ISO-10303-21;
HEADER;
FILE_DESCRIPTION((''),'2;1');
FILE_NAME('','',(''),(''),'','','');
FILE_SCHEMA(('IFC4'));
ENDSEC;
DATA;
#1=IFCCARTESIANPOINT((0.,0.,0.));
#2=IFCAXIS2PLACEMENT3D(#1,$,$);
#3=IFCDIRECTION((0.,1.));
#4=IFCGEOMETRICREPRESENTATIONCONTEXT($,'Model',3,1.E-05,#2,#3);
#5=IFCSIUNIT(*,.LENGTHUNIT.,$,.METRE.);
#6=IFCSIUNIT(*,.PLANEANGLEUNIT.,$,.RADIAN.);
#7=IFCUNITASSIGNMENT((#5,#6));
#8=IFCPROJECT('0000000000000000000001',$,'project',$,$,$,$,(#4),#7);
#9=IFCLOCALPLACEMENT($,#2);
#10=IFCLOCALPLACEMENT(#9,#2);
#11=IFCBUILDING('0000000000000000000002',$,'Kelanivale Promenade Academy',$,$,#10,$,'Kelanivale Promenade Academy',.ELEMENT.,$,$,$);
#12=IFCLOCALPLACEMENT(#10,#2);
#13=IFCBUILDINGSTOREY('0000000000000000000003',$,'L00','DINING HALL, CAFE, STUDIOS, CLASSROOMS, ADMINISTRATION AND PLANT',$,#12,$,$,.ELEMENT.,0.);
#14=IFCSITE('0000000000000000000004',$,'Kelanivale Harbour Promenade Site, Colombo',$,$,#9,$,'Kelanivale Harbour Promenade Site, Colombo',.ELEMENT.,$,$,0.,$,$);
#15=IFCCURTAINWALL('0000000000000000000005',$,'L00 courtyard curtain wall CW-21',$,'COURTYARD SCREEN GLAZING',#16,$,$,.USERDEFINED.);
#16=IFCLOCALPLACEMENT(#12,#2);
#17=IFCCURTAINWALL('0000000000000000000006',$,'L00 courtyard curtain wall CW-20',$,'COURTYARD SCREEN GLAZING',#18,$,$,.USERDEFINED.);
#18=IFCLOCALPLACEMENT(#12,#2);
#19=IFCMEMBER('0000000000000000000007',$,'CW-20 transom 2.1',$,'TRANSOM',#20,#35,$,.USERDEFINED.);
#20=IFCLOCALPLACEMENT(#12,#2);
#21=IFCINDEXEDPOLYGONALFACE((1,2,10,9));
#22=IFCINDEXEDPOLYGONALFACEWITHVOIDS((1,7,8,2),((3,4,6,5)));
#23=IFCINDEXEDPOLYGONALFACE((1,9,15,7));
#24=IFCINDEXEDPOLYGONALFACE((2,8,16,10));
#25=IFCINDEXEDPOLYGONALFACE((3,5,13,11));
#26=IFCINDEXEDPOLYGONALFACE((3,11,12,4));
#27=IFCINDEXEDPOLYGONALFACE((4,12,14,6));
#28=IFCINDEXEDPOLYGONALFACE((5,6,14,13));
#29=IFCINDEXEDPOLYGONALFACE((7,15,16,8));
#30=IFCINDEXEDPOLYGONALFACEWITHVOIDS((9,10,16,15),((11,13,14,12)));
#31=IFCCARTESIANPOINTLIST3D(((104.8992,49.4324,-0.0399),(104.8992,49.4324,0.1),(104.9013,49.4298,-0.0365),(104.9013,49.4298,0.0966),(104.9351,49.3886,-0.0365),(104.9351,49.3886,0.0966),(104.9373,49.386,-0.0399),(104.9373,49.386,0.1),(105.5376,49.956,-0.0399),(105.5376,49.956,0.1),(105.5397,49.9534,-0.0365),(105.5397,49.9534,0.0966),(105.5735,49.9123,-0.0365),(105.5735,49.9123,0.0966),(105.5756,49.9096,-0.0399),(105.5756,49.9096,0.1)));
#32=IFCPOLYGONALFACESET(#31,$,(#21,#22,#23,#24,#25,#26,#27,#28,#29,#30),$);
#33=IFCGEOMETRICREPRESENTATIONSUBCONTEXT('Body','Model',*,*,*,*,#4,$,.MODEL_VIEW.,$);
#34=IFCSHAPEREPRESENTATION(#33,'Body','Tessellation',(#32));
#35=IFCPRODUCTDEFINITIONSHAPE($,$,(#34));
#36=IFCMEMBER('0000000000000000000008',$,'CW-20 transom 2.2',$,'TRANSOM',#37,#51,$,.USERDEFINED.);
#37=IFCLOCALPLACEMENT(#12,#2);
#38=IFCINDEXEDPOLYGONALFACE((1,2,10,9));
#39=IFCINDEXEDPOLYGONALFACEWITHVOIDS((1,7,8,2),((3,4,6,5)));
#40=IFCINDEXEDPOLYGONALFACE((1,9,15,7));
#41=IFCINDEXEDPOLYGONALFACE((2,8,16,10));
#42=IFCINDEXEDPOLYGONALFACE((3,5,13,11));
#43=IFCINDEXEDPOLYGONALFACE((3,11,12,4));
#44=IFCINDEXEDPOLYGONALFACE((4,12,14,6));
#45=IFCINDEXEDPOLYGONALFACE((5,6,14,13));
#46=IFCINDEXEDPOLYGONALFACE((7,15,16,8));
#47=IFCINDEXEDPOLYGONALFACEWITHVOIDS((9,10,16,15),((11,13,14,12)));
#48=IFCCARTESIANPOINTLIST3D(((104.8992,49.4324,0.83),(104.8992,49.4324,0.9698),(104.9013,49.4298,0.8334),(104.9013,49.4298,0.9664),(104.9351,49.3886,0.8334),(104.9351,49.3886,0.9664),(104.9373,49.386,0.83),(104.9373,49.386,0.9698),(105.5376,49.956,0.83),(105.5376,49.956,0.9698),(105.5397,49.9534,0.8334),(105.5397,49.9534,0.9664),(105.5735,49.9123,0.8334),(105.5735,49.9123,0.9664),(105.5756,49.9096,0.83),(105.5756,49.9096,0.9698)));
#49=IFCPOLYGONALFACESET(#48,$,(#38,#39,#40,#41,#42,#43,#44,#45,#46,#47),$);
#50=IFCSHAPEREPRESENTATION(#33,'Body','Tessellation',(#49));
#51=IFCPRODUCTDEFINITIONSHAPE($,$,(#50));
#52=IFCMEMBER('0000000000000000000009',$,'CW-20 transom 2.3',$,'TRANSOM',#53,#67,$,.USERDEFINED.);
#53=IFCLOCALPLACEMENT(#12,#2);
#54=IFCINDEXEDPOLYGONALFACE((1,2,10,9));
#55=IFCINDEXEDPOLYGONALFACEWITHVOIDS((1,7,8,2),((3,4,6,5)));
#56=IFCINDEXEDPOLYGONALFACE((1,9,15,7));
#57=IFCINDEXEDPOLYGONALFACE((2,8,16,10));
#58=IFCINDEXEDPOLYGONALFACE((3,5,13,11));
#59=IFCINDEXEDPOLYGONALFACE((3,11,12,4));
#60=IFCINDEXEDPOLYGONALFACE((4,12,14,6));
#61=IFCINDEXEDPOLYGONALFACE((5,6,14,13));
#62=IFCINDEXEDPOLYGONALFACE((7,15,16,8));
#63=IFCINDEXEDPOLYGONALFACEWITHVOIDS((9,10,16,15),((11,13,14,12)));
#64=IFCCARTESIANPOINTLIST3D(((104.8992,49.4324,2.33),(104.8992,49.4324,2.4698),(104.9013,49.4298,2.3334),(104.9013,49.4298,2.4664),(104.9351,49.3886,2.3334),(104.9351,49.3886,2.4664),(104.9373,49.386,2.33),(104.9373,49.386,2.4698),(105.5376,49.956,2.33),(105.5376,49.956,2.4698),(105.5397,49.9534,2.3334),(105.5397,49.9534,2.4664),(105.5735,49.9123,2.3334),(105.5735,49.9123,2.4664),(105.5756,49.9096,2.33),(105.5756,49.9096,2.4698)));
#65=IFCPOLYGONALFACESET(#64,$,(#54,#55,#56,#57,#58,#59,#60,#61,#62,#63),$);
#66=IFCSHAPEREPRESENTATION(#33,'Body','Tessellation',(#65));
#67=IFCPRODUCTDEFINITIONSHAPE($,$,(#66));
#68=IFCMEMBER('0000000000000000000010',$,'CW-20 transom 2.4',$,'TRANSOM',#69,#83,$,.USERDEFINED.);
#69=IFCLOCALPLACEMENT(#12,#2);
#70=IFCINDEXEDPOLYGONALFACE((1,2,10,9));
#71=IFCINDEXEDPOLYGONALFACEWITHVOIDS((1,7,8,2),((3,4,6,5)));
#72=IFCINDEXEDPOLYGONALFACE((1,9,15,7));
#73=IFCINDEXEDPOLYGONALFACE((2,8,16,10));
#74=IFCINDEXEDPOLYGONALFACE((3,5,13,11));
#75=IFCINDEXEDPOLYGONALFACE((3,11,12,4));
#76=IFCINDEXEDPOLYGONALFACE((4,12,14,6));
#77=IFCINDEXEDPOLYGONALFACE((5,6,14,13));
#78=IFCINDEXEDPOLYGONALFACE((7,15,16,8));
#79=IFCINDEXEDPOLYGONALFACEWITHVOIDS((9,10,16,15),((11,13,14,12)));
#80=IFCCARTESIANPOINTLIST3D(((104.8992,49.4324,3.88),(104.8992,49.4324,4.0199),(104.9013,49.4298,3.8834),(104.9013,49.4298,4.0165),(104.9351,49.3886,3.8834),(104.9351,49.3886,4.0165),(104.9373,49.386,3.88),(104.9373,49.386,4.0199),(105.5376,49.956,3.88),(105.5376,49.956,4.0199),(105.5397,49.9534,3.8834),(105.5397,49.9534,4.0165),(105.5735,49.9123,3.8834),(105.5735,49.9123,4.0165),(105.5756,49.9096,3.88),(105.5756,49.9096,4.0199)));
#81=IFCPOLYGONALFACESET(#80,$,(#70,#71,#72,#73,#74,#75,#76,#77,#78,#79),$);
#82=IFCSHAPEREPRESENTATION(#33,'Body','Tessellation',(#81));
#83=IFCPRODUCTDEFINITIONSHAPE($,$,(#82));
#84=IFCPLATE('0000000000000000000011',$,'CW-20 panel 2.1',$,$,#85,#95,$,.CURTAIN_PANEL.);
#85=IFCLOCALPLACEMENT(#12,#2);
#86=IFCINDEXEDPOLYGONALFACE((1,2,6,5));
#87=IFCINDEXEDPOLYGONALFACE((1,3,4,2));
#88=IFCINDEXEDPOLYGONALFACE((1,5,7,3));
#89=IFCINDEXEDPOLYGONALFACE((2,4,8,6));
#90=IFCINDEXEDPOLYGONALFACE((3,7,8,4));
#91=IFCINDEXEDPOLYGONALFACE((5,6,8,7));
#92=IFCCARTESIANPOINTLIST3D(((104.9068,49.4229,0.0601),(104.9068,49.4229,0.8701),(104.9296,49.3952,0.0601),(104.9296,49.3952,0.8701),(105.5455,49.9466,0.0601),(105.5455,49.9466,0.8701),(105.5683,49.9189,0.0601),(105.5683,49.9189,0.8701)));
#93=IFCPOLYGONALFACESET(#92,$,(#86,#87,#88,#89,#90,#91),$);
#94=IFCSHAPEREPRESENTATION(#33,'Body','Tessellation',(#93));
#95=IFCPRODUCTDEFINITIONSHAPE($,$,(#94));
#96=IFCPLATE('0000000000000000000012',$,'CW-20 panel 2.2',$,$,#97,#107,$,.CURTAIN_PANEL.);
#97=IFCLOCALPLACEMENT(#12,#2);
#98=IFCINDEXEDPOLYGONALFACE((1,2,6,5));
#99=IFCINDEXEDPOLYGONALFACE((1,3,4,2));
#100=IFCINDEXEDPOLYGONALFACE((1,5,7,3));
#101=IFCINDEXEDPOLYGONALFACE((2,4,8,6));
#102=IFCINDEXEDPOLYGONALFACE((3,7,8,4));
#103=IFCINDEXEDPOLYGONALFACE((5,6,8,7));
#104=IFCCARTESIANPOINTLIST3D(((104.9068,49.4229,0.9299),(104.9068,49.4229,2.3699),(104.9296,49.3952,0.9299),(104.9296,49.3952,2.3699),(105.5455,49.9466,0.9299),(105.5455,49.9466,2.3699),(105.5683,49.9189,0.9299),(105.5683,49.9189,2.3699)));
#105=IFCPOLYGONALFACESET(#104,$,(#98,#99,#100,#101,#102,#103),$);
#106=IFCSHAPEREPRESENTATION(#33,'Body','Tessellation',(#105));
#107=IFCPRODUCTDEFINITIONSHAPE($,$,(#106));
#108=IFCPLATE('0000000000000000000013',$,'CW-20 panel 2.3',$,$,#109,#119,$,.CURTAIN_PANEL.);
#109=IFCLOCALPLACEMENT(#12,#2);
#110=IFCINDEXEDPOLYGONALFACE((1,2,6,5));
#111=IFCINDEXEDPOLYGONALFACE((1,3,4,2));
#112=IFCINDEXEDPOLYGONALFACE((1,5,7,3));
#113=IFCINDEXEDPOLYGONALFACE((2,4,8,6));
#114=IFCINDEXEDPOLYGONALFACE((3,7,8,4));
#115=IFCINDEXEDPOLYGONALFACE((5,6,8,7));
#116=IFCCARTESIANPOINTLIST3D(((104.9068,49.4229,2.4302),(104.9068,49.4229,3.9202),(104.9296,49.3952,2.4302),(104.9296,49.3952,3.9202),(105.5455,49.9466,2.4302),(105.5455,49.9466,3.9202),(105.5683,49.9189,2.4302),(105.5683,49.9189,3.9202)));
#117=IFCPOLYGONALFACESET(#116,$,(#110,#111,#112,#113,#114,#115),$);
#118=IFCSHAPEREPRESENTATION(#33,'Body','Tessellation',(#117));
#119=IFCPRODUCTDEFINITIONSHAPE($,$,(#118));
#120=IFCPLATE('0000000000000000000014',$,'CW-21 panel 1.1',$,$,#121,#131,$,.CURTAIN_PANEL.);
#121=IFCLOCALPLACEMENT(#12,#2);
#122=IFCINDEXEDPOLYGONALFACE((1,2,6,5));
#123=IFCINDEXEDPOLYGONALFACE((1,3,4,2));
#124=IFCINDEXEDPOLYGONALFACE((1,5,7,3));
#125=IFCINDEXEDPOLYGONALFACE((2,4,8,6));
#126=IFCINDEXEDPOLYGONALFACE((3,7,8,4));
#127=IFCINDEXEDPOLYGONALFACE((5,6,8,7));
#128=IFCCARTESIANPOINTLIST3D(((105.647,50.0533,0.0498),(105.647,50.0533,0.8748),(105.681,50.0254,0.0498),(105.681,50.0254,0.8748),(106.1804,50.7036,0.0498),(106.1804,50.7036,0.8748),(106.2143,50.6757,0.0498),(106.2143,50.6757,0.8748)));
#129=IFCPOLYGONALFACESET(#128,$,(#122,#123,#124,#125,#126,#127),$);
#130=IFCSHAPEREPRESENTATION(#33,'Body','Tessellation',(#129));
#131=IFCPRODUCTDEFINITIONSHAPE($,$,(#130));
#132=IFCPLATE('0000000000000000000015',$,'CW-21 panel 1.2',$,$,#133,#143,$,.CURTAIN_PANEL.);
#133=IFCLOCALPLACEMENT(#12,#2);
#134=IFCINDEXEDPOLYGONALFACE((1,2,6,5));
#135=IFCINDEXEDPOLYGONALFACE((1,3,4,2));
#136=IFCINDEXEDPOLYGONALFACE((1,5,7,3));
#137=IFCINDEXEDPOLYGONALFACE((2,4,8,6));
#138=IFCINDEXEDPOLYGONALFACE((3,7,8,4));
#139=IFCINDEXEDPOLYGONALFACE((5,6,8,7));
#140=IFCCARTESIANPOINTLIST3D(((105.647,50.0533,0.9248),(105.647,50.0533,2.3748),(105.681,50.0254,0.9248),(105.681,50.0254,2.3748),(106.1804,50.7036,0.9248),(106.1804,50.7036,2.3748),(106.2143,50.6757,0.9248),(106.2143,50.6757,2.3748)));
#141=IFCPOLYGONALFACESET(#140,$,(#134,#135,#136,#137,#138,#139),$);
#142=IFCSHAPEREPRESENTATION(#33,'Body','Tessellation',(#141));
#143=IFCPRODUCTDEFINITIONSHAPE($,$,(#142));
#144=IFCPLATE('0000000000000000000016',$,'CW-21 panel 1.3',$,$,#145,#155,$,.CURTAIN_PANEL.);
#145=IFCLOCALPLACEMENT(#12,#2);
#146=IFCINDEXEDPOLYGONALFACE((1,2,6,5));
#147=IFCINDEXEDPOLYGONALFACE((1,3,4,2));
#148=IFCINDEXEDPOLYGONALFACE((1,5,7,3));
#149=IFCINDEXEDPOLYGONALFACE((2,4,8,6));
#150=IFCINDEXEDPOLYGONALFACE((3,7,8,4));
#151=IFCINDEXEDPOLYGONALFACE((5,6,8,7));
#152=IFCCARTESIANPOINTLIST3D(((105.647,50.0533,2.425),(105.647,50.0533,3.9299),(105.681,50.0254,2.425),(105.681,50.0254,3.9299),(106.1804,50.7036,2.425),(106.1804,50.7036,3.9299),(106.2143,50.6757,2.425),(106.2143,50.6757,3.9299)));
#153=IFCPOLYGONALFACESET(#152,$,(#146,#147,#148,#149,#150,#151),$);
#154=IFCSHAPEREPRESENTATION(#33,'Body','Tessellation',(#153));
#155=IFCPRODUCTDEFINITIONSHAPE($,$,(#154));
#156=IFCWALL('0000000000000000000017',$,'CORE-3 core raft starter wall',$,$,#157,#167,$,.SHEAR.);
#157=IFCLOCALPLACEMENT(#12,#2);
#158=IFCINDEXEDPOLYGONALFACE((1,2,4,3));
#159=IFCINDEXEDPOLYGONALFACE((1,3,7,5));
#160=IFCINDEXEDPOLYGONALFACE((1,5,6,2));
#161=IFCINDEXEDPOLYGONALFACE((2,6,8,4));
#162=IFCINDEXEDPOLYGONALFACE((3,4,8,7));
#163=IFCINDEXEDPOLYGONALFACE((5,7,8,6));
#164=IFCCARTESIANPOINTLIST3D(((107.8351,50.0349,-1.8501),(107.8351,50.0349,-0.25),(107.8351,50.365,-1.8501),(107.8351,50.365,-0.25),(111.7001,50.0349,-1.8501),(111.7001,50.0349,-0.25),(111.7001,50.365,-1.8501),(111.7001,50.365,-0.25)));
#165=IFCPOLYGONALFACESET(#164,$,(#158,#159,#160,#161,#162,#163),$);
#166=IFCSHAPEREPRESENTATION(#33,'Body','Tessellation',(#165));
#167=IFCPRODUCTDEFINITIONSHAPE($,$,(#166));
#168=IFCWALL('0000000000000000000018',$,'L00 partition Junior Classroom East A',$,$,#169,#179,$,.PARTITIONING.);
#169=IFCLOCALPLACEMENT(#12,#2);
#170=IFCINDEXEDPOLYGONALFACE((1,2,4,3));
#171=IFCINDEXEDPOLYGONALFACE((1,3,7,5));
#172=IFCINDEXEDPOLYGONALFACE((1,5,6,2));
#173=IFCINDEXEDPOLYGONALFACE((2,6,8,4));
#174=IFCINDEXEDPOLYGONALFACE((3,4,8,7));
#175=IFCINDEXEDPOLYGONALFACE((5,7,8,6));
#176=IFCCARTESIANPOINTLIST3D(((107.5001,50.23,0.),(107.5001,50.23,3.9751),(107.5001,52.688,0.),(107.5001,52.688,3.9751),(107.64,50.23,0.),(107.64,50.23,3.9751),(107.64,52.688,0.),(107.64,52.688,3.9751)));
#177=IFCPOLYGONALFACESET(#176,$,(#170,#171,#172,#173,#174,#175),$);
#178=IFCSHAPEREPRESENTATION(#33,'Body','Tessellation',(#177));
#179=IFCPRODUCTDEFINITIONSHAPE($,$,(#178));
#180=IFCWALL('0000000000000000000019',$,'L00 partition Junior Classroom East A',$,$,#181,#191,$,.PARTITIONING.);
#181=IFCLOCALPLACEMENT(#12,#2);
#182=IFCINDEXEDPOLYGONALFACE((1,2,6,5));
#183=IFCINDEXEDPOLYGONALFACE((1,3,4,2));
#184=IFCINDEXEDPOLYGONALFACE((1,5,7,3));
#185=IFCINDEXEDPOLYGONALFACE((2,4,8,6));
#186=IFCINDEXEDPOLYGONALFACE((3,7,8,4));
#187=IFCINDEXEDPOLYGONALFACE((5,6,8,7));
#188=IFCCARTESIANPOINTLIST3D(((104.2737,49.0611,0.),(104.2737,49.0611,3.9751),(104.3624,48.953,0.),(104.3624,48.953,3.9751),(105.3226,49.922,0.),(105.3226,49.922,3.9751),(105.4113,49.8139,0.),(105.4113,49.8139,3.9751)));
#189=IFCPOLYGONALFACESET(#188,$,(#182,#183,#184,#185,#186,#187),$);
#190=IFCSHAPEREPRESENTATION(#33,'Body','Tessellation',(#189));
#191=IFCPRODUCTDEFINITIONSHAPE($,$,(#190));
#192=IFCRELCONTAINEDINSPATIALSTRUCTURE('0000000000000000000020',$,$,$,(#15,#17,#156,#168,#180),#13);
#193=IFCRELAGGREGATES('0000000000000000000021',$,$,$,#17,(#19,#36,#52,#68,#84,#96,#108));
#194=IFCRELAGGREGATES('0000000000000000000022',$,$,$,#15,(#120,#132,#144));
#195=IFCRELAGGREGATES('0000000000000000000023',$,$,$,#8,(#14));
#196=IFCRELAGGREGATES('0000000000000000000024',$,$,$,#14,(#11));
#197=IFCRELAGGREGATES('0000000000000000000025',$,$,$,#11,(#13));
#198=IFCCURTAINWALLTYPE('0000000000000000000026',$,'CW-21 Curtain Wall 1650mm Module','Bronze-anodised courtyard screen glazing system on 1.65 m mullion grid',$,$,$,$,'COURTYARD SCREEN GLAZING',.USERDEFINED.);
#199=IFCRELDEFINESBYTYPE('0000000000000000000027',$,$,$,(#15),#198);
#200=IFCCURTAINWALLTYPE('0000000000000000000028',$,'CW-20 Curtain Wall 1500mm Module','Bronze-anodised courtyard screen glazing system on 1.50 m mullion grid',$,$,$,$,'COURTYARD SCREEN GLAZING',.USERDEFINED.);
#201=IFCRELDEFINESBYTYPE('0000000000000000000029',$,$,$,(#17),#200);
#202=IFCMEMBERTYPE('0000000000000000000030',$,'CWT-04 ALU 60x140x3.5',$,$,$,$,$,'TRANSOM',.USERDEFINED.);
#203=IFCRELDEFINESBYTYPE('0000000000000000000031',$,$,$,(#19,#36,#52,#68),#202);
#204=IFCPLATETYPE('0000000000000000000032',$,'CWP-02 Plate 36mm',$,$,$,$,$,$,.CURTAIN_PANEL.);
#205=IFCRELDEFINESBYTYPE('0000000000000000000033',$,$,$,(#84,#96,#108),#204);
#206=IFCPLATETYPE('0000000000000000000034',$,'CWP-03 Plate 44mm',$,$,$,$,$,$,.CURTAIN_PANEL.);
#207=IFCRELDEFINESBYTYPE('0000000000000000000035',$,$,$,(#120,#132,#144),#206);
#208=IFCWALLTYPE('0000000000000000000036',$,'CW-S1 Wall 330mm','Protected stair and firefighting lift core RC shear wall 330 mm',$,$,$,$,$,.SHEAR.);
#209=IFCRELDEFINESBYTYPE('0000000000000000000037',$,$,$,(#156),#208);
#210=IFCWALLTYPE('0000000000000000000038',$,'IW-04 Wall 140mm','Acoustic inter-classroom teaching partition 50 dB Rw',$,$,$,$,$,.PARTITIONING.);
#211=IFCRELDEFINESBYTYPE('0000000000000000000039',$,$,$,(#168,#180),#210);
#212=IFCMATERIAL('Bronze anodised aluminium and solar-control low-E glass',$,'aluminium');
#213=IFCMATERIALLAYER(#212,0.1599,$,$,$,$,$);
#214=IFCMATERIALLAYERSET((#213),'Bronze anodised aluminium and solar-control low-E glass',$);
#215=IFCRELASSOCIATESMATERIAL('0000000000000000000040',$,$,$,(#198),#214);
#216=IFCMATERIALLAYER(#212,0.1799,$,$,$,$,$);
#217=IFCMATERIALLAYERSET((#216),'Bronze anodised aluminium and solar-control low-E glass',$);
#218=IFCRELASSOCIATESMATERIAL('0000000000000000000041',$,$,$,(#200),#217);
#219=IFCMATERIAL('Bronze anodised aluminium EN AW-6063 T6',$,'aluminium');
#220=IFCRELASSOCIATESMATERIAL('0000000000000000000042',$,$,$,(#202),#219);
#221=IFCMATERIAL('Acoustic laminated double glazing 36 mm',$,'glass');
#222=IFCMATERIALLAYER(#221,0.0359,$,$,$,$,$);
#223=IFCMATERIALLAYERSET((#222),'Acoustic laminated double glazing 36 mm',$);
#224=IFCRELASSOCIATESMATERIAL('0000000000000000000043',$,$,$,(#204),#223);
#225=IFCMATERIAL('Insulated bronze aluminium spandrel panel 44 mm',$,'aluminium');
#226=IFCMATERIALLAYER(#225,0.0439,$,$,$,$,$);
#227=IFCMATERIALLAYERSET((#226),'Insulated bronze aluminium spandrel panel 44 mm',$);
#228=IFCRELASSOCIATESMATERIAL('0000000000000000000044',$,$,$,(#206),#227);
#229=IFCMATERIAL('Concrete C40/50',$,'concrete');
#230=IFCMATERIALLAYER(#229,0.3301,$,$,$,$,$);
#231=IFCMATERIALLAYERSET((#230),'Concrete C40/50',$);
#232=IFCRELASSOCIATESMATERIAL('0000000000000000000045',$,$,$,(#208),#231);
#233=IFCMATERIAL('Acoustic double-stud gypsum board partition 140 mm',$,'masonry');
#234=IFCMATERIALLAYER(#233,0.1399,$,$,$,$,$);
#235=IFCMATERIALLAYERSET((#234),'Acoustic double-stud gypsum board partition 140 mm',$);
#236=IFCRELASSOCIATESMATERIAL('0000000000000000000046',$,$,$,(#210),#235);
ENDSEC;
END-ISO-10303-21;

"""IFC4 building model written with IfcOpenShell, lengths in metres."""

from ifc_helpers import new_model, si_unit, direction, frame, frame_2d, origin, origin_2d, place, context, subcontext, project, spatial, rectangle, hollow_rectangle, extrude, material, layer, layer_set, material_profile, profile_set, type_object, element, aggregate, save


model = new_model("IFC4")

# Units and contexts
model_context = context("Model", 3, precision=1e-05, world=origin(), true_north=direction((0.0, 1.0)))
body_context = subcontext(model_context, "Body", "Model", "MODEL_VIEW")
ifc_project = project(units=[si_unit("LENGTHUNIT", "METRE"), si_unit("PLANEANGLEUNIT", "RADIAN")], contexts=[model_context])

# Site, building, storey
site_placement = place(None, origin())
site = spatial("IfcSite", under=ifc_project, at=site_placement, Name="Kelanivale Harbour Promenade Site, Colombo", LongName="Kelanivale Harbour Promenade Site, Colombo", CompositionType="ELEMENT", RefElevation=0.0)
building_placement = place(site_placement, origin())
building = spatial("IfcBuilding", under=site, at=building_placement, Name="Kelanivale Promenade Academy", LongName="Kelanivale Promenade Academy", CompositionType="ELEMENT")
storey_placement = place(building_placement, origin())
storey = spatial("IfcBuildingStorey", under=building, at=storey_placement, Name="L00", Description="DINING HALL, CAFE, STUDIOS, CLASSROOMS, ADMINISTRATION AND PLANT", CompositionType="ELEMENT", Elevation=0.0)

# Shared definitions
ifc_material_1 = material(Name="Concrete C40/50", Category="concrete")

# Curtain wall
ifc_material_2 = material(Name="Bronze anodised aluminium and solar-control low-E glass", Category="aluminium")
ifc_layer_1 = layer(ifc_material_2, 0.1599)
ifc_layer_set_1 = layer_set([ifc_layer_1], Name="Bronze anodised aluminium and solar-control low-E glass")
curtain_wall_type_1 = type_object("IfcCurtainWallType", Name="CW-21 Curtain Wall 1650mm Module", Description="Bronze-anodised courtyard screen glazing system on 1.65 m mullion grid", ElementType="COURTYARD SCREEN GLAZING", PredefinedType="USERDEFINED", material=ifc_layer_set_1)
curtain_wall_1_placement = place(storey_placement, origin())
curtain_wall_1 = element("IfcCurtainWall", 1, at=curtain_wall_1_placement, inside=storey, type_object=curtain_wall_type_1, Name="L00 courtyard curtain wall CW-21", ObjectType="COURTYARD SCREEN GLAZING", PredefinedType="USERDEFINED")
ifc_material_3 = material(Name="Bronze anodised aluminium EN AW-6063 T6", Category="aluminium")

# Curtain wall
ifc_layer_2 = layer(ifc_material_2, 0.1799)
ifc_layer_set_2 = layer_set([ifc_layer_2], Name="Bronze anodised aluminium and solar-control low-E glass")
curtain_wall_type_2 = type_object("IfcCurtainWallType", Name="CW-20 Curtain Wall 1500mm Module", Description="Bronze-anodised courtyard screen glazing system on 1.50 m mullion grid", ElementType="COURTYARD SCREEN GLAZING", PredefinedType="USERDEFINED", material=ifc_layer_set_2)
curtain_wall_2_placement = place(storey_placement, origin())
curtain_wall_2 = element("IfcCurtainWall", 2, at=curtain_wall_2_placement, inside=storey, type_object=curtain_wall_type_2, Name="L00 courtyard curtain wall CW-20", ObjectType="COURTYARD SCREEN GLAZING", PredefinedType="USERDEFINED")

# Members
ifc_material_profile_1 = material_profile(ifc_material_3, hollow_rectangle(XDim=0.0601, YDim=0.1399, WallThickness=0.0034, at=origin_2d()), Name="ALU 60x140x3.5")
ifc_profile_set_1 = profile_set([ifc_material_profile_1], Name="Bronze anodised aluminium EN AW-6063 T6")
member_type_1 = type_object("IfcMemberType", Name="CWT-04 ALU 60x140x3.5", ElementType="TRANSOM", PredefinedType="USERDEFINED", material=ifc_profile_set_1)
member_1_placement = place(storey_placement, frame((104.9182, 49.4092, 0.03), z_axis=(0.773166, 0.634203, 0.0), x_axis=(-0.634203, 0.773166, 0.0)))
member_1 = element("IfcMember", 3, at=member_1_placement, type_object=member_type_1, Name="CW-20 transom 2.1", ObjectType="TRANSOM", PredefinedType="USERDEFINED", context=body_context, shape_type="SweptSolid", body=[
    extrude(hollow_rectangle(XDim=0.0601, YDim=0.1399, WallThickness=0.0034, at=origin_2d()), origin(), (0.0, 0.0, 1.0), 0.8257),
])
member_2_placement = place(storey_placement, frame((104.9182, 49.4092, 0.8999), z_axis=(0.773166, 0.634203, 0.0), x_axis=(-0.634203, 0.773166, 0.0)))
member_2 = element("IfcMember", 4, at=member_2_placement, type_object=member_type_1, Name="CW-20 transom 2.2", ObjectType="TRANSOM", PredefinedType="USERDEFINED", context=body_context, shape_type="SweptSolid", body=[
    extrude(hollow_rectangle(XDim=0.0601, YDim=0.1399, WallThickness=0.0034, at=origin_2d()), origin(), (0.0, 0.0, 1.0), 0.8257),
])
member_3_placement = place(storey_placement, frame((104.9182, 49.4092, 2.3999), z_axis=(0.773166, 0.634203, 0.0), x_axis=(-0.634203, 0.773166, 0.0)))
member_3 = element("IfcMember", 5, at=member_3_placement, type_object=member_type_1, Name="CW-20 transom 2.3", ObjectType="TRANSOM", PredefinedType="USERDEFINED", context=body_context, shape_type="SweptSolid", body=[
    extrude(hollow_rectangle(XDim=0.0601, YDim=0.1399, WallThickness=0.0034, at=origin_2d()), origin(), (0.0, 0.0, 1.0), 0.8257),
])
member_4_placement = place(storey_placement, frame((104.9182, 49.4092, 3.95), z_axis=(0.773166, 0.634203, 0.0), x_axis=(-0.634203, 0.773166, 0.0)))
member_4 = element("IfcMember", 6, at=member_4_placement, type_object=member_type_1, Name="CW-20 transom 2.4", ObjectType="TRANSOM", PredefinedType="USERDEFINED", context=body_context, shape_type="SweptSolid", body=[
    extrude(hollow_rectangle(XDim=0.0601, YDim=0.1399, WallThickness=0.0034, at=origin_2d()), origin(), (0.0, 0.0, 1.0), 0.8257),
])

# Plates
ifc_material_4 = material(Name="Acoustic laminated double glazing 36 mm", Category="glass")
ifc_layer_3 = layer(ifc_material_4, 0.0359)
ifc_layer_set_3 = layer_set([ifc_layer_3], Name="Acoustic laminated double glazing 36 mm")
plate_type_1 = type_object("IfcPlateType", Name="CWP-02 Plate 36mm", PredefinedType="CURTAIN_PANEL", material=ifc_layer_set_3)
plate_1_placement = place(storey_placement, frame((105.2375, 49.6709, 0.0601), z_axis=(0.0, 0.0, 1.0), x_axis=(0.773257, 0.634093, 0.0)))
plate_1 = element("IfcPlate", 7, at=plate_1_placement, type_object=plate_type_1, Name="CW-20 panel 2.1", PredefinedType="CURTAIN_PANEL", context=body_context, shape_type="SweptSolid", body=[
    extrude(rectangle(XDim=0.8259, YDim=0.0359, at=origin_2d()), origin(), (0.0, 0.0, 1.0), 0.8101),
])
plate_2_placement = place(storey_placement, frame((105.2375, 49.6709, 0.9299), z_axis=(0.0, 0.0, 1.0), x_axis=(0.773257, 0.634093, 0.0)))
plate_2 = element("IfcPlate", 8, at=plate_2_placement, type_object=plate_type_1, Name="CW-20 panel 2.2", PredefinedType="CURTAIN_PANEL", context=body_context, shape_type="SweptSolid", body=[
    extrude(rectangle(XDim=0.8259, YDim=0.0359, at=origin_2d()), origin(), (0.0, 0.0, 1.0), 1.4399),
])
plate_3_placement = place(storey_placement, frame((105.2375, 49.6709, 2.4302), z_axis=(0.0, 0.0, 1.0), x_axis=(0.773257, 0.634093, 0.0)))
plate_3 = element("IfcPlate", 9, at=plate_3_placement, type_object=plate_type_1, Name="CW-20 panel 2.3", PredefinedType="CURTAIN_PANEL", context=body_context, shape_type="SweptSolid", body=[
    extrude(rectangle(XDim=0.8259, YDim=0.0359, at=origin_2d()), origin(), (0.0, 0.0, 1.0), 1.49),
])
aggregate(curtain_wall_2, [member_1, member_2, member_3, member_4, plate_1, plate_2, plate_3])
ifc_material_5 = material(Name="Insulated bronze aluminium spandrel panel 44 mm", Category="aluminium")
ifc_layer_4 = layer(ifc_material_5, 0.0439)
ifc_layer_set_4 = layer_set([ifc_layer_4], Name="Insulated bronze aluminium spandrel panel 44 mm")
plate_type_2 = type_object("IfcPlateType", Name="CWP-03 Plate 44mm", PredefinedType="CURTAIN_PANEL", material=ifc_layer_set_4)
plate_4_placement = place(storey_placement, frame((105.9307, 50.3645, 0.0498), z_axis=(0.0, 0.0, 1.0), x_axis=(0.634144, 0.773215, 0.0)))
plate_4 = element("IfcPlate", 10, at=plate_4_placement, type_object=plate_type_2, Name="CW-21 panel 1.1", PredefinedType="CURTAIN_PANEL", context=body_context, shape_type="SweptSolid", body=[
    extrude(rectangle(XDim=0.8411, YDim=0.0439, at=origin_2d()), origin(), (0.0, 0.0, 1.0), 0.825),
])
plate_5_placement = place(storey_placement, frame((105.9307, 50.3645, 0.9248), z_axis=(0.0, 0.0, 1.0), x_axis=(0.634144, 0.773215, 0.0)))
plate_5 = element("IfcPlate", 11, at=plate_5_placement, type_object=plate_type_2, Name="CW-21 panel 1.2", PredefinedType="CURTAIN_PANEL", context=body_context, shape_type="SweptSolid", body=[
    extrude(rectangle(XDim=0.8411, YDim=0.0439, at=origin_2d()), origin(), (0.0, 0.0, 1.0), 1.45),
])
plate_6_placement = place(storey_placement, frame((105.9307, 50.3645, 2.425), z_axis=(0.0, 0.0, 1.0), x_axis=(0.634144, 0.773215, 0.0)))
plate_6 = element("IfcPlate", 12, at=plate_6_placement, type_object=plate_type_2, Name="CW-21 panel 1.3", PredefinedType="CURTAIN_PANEL", context=body_context, shape_type="SweptSolid", body=[
    extrude(rectangle(XDim=0.8411, YDim=0.0439, at=origin_2d()), origin(), (0.0, 0.0, 1.0), 1.5049),
])
aggregate(curtain_wall_1, [plate_4, plate_5, plate_6])

# Wall
ifc_layer_5 = layer(ifc_material_1, 0.3301)
ifc_layer_set_5 = layer_set([ifc_layer_5], Name="Concrete C40/50")
wall_type_1 = type_object("IfcWallType", Name="CW-S1 Wall 330mm", Description="Protected stair and firefighting lift core RC shear wall 330 mm", PredefinedType="SHEAR", material=ifc_layer_set_5)
wall_1_placement = place(storey_placement, frame((107.835, 50.2, -1.8501), z_axis=(0.0, 0.0, 1.0), x_axis=(1.0, 0.0, 0.0)))
element("IfcWall", 13, at=wall_1_placement, inside=storey, type_object=wall_type_1, Name="CORE-3 core raft starter wall", PredefinedType="SHEAR", context=body_context, shape_type="SweptSolid", body=[
    extrude(rectangle(XDim=3.865, YDim=0.3301, at=frame_2d((1.9326, 0.0))), origin(), (0.0, 0.0, 1.0), 1.6001),
])

# Walls
ifc_material_6 = material(Name="Acoustic double-stud gypsum board partition 140 mm", Category="masonry")
ifc_layer_6 = layer(ifc_material_6, 0.1399)
ifc_layer_set_6 = layer_set([ifc_layer_6], Name="Acoustic double-stud gypsum board partition 140 mm")
wall_type_2 = type_object("IfcWallType", Name="IW-04 Wall 140mm", Description="Acoustic inter-classroom teaching partition 50 dB Rw", PredefinedType="PARTITIONING", material=ifc_layer_set_6)
wall_2_placement = place(storey_placement, frame((107.5701, 50.23, 0.0), z_axis=(0.0, 0.0, 1.0), x_axis=(0.0, 1.0, 0.0)))
element("IfcWall", 14, at=wall_2_placement, inside=storey, type_object=wall_type_2, Name="L00 partition Junior Classroom East A", PredefinedType="PARTITIONING", context=body_context, shape_type="SweptSolid", body=[
    extrude(rectangle(XDim=2.458, YDim=0.1399, at=frame_2d((1.229, 0.0))), origin(), (0.0, 0.0, 1.0), 3.9751),
])
wall_3_placement = place(storey_placement, frame((105.3669, 49.8679, 0.0), z_axis=(0.0, 0.0, 1.0), x_axis=(-0.772978, -0.634432, 0.0)))
element("IfcWall", 15, at=wall_3_placement, inside=storey, type_object=wall_type_2, Name="L00 partition Junior Classroom East A", PredefinedType="PARTITIONING", context=body_context, shape_type="SweptSolid", body=[
    extrude(rectangle(XDim=1.3569, YDim=0.1399, at=frame_2d((0.6785, 0.0))), origin(), (0.0, 0.0, 1.0), 3.9751),
])

save(model, "model.ifc")
